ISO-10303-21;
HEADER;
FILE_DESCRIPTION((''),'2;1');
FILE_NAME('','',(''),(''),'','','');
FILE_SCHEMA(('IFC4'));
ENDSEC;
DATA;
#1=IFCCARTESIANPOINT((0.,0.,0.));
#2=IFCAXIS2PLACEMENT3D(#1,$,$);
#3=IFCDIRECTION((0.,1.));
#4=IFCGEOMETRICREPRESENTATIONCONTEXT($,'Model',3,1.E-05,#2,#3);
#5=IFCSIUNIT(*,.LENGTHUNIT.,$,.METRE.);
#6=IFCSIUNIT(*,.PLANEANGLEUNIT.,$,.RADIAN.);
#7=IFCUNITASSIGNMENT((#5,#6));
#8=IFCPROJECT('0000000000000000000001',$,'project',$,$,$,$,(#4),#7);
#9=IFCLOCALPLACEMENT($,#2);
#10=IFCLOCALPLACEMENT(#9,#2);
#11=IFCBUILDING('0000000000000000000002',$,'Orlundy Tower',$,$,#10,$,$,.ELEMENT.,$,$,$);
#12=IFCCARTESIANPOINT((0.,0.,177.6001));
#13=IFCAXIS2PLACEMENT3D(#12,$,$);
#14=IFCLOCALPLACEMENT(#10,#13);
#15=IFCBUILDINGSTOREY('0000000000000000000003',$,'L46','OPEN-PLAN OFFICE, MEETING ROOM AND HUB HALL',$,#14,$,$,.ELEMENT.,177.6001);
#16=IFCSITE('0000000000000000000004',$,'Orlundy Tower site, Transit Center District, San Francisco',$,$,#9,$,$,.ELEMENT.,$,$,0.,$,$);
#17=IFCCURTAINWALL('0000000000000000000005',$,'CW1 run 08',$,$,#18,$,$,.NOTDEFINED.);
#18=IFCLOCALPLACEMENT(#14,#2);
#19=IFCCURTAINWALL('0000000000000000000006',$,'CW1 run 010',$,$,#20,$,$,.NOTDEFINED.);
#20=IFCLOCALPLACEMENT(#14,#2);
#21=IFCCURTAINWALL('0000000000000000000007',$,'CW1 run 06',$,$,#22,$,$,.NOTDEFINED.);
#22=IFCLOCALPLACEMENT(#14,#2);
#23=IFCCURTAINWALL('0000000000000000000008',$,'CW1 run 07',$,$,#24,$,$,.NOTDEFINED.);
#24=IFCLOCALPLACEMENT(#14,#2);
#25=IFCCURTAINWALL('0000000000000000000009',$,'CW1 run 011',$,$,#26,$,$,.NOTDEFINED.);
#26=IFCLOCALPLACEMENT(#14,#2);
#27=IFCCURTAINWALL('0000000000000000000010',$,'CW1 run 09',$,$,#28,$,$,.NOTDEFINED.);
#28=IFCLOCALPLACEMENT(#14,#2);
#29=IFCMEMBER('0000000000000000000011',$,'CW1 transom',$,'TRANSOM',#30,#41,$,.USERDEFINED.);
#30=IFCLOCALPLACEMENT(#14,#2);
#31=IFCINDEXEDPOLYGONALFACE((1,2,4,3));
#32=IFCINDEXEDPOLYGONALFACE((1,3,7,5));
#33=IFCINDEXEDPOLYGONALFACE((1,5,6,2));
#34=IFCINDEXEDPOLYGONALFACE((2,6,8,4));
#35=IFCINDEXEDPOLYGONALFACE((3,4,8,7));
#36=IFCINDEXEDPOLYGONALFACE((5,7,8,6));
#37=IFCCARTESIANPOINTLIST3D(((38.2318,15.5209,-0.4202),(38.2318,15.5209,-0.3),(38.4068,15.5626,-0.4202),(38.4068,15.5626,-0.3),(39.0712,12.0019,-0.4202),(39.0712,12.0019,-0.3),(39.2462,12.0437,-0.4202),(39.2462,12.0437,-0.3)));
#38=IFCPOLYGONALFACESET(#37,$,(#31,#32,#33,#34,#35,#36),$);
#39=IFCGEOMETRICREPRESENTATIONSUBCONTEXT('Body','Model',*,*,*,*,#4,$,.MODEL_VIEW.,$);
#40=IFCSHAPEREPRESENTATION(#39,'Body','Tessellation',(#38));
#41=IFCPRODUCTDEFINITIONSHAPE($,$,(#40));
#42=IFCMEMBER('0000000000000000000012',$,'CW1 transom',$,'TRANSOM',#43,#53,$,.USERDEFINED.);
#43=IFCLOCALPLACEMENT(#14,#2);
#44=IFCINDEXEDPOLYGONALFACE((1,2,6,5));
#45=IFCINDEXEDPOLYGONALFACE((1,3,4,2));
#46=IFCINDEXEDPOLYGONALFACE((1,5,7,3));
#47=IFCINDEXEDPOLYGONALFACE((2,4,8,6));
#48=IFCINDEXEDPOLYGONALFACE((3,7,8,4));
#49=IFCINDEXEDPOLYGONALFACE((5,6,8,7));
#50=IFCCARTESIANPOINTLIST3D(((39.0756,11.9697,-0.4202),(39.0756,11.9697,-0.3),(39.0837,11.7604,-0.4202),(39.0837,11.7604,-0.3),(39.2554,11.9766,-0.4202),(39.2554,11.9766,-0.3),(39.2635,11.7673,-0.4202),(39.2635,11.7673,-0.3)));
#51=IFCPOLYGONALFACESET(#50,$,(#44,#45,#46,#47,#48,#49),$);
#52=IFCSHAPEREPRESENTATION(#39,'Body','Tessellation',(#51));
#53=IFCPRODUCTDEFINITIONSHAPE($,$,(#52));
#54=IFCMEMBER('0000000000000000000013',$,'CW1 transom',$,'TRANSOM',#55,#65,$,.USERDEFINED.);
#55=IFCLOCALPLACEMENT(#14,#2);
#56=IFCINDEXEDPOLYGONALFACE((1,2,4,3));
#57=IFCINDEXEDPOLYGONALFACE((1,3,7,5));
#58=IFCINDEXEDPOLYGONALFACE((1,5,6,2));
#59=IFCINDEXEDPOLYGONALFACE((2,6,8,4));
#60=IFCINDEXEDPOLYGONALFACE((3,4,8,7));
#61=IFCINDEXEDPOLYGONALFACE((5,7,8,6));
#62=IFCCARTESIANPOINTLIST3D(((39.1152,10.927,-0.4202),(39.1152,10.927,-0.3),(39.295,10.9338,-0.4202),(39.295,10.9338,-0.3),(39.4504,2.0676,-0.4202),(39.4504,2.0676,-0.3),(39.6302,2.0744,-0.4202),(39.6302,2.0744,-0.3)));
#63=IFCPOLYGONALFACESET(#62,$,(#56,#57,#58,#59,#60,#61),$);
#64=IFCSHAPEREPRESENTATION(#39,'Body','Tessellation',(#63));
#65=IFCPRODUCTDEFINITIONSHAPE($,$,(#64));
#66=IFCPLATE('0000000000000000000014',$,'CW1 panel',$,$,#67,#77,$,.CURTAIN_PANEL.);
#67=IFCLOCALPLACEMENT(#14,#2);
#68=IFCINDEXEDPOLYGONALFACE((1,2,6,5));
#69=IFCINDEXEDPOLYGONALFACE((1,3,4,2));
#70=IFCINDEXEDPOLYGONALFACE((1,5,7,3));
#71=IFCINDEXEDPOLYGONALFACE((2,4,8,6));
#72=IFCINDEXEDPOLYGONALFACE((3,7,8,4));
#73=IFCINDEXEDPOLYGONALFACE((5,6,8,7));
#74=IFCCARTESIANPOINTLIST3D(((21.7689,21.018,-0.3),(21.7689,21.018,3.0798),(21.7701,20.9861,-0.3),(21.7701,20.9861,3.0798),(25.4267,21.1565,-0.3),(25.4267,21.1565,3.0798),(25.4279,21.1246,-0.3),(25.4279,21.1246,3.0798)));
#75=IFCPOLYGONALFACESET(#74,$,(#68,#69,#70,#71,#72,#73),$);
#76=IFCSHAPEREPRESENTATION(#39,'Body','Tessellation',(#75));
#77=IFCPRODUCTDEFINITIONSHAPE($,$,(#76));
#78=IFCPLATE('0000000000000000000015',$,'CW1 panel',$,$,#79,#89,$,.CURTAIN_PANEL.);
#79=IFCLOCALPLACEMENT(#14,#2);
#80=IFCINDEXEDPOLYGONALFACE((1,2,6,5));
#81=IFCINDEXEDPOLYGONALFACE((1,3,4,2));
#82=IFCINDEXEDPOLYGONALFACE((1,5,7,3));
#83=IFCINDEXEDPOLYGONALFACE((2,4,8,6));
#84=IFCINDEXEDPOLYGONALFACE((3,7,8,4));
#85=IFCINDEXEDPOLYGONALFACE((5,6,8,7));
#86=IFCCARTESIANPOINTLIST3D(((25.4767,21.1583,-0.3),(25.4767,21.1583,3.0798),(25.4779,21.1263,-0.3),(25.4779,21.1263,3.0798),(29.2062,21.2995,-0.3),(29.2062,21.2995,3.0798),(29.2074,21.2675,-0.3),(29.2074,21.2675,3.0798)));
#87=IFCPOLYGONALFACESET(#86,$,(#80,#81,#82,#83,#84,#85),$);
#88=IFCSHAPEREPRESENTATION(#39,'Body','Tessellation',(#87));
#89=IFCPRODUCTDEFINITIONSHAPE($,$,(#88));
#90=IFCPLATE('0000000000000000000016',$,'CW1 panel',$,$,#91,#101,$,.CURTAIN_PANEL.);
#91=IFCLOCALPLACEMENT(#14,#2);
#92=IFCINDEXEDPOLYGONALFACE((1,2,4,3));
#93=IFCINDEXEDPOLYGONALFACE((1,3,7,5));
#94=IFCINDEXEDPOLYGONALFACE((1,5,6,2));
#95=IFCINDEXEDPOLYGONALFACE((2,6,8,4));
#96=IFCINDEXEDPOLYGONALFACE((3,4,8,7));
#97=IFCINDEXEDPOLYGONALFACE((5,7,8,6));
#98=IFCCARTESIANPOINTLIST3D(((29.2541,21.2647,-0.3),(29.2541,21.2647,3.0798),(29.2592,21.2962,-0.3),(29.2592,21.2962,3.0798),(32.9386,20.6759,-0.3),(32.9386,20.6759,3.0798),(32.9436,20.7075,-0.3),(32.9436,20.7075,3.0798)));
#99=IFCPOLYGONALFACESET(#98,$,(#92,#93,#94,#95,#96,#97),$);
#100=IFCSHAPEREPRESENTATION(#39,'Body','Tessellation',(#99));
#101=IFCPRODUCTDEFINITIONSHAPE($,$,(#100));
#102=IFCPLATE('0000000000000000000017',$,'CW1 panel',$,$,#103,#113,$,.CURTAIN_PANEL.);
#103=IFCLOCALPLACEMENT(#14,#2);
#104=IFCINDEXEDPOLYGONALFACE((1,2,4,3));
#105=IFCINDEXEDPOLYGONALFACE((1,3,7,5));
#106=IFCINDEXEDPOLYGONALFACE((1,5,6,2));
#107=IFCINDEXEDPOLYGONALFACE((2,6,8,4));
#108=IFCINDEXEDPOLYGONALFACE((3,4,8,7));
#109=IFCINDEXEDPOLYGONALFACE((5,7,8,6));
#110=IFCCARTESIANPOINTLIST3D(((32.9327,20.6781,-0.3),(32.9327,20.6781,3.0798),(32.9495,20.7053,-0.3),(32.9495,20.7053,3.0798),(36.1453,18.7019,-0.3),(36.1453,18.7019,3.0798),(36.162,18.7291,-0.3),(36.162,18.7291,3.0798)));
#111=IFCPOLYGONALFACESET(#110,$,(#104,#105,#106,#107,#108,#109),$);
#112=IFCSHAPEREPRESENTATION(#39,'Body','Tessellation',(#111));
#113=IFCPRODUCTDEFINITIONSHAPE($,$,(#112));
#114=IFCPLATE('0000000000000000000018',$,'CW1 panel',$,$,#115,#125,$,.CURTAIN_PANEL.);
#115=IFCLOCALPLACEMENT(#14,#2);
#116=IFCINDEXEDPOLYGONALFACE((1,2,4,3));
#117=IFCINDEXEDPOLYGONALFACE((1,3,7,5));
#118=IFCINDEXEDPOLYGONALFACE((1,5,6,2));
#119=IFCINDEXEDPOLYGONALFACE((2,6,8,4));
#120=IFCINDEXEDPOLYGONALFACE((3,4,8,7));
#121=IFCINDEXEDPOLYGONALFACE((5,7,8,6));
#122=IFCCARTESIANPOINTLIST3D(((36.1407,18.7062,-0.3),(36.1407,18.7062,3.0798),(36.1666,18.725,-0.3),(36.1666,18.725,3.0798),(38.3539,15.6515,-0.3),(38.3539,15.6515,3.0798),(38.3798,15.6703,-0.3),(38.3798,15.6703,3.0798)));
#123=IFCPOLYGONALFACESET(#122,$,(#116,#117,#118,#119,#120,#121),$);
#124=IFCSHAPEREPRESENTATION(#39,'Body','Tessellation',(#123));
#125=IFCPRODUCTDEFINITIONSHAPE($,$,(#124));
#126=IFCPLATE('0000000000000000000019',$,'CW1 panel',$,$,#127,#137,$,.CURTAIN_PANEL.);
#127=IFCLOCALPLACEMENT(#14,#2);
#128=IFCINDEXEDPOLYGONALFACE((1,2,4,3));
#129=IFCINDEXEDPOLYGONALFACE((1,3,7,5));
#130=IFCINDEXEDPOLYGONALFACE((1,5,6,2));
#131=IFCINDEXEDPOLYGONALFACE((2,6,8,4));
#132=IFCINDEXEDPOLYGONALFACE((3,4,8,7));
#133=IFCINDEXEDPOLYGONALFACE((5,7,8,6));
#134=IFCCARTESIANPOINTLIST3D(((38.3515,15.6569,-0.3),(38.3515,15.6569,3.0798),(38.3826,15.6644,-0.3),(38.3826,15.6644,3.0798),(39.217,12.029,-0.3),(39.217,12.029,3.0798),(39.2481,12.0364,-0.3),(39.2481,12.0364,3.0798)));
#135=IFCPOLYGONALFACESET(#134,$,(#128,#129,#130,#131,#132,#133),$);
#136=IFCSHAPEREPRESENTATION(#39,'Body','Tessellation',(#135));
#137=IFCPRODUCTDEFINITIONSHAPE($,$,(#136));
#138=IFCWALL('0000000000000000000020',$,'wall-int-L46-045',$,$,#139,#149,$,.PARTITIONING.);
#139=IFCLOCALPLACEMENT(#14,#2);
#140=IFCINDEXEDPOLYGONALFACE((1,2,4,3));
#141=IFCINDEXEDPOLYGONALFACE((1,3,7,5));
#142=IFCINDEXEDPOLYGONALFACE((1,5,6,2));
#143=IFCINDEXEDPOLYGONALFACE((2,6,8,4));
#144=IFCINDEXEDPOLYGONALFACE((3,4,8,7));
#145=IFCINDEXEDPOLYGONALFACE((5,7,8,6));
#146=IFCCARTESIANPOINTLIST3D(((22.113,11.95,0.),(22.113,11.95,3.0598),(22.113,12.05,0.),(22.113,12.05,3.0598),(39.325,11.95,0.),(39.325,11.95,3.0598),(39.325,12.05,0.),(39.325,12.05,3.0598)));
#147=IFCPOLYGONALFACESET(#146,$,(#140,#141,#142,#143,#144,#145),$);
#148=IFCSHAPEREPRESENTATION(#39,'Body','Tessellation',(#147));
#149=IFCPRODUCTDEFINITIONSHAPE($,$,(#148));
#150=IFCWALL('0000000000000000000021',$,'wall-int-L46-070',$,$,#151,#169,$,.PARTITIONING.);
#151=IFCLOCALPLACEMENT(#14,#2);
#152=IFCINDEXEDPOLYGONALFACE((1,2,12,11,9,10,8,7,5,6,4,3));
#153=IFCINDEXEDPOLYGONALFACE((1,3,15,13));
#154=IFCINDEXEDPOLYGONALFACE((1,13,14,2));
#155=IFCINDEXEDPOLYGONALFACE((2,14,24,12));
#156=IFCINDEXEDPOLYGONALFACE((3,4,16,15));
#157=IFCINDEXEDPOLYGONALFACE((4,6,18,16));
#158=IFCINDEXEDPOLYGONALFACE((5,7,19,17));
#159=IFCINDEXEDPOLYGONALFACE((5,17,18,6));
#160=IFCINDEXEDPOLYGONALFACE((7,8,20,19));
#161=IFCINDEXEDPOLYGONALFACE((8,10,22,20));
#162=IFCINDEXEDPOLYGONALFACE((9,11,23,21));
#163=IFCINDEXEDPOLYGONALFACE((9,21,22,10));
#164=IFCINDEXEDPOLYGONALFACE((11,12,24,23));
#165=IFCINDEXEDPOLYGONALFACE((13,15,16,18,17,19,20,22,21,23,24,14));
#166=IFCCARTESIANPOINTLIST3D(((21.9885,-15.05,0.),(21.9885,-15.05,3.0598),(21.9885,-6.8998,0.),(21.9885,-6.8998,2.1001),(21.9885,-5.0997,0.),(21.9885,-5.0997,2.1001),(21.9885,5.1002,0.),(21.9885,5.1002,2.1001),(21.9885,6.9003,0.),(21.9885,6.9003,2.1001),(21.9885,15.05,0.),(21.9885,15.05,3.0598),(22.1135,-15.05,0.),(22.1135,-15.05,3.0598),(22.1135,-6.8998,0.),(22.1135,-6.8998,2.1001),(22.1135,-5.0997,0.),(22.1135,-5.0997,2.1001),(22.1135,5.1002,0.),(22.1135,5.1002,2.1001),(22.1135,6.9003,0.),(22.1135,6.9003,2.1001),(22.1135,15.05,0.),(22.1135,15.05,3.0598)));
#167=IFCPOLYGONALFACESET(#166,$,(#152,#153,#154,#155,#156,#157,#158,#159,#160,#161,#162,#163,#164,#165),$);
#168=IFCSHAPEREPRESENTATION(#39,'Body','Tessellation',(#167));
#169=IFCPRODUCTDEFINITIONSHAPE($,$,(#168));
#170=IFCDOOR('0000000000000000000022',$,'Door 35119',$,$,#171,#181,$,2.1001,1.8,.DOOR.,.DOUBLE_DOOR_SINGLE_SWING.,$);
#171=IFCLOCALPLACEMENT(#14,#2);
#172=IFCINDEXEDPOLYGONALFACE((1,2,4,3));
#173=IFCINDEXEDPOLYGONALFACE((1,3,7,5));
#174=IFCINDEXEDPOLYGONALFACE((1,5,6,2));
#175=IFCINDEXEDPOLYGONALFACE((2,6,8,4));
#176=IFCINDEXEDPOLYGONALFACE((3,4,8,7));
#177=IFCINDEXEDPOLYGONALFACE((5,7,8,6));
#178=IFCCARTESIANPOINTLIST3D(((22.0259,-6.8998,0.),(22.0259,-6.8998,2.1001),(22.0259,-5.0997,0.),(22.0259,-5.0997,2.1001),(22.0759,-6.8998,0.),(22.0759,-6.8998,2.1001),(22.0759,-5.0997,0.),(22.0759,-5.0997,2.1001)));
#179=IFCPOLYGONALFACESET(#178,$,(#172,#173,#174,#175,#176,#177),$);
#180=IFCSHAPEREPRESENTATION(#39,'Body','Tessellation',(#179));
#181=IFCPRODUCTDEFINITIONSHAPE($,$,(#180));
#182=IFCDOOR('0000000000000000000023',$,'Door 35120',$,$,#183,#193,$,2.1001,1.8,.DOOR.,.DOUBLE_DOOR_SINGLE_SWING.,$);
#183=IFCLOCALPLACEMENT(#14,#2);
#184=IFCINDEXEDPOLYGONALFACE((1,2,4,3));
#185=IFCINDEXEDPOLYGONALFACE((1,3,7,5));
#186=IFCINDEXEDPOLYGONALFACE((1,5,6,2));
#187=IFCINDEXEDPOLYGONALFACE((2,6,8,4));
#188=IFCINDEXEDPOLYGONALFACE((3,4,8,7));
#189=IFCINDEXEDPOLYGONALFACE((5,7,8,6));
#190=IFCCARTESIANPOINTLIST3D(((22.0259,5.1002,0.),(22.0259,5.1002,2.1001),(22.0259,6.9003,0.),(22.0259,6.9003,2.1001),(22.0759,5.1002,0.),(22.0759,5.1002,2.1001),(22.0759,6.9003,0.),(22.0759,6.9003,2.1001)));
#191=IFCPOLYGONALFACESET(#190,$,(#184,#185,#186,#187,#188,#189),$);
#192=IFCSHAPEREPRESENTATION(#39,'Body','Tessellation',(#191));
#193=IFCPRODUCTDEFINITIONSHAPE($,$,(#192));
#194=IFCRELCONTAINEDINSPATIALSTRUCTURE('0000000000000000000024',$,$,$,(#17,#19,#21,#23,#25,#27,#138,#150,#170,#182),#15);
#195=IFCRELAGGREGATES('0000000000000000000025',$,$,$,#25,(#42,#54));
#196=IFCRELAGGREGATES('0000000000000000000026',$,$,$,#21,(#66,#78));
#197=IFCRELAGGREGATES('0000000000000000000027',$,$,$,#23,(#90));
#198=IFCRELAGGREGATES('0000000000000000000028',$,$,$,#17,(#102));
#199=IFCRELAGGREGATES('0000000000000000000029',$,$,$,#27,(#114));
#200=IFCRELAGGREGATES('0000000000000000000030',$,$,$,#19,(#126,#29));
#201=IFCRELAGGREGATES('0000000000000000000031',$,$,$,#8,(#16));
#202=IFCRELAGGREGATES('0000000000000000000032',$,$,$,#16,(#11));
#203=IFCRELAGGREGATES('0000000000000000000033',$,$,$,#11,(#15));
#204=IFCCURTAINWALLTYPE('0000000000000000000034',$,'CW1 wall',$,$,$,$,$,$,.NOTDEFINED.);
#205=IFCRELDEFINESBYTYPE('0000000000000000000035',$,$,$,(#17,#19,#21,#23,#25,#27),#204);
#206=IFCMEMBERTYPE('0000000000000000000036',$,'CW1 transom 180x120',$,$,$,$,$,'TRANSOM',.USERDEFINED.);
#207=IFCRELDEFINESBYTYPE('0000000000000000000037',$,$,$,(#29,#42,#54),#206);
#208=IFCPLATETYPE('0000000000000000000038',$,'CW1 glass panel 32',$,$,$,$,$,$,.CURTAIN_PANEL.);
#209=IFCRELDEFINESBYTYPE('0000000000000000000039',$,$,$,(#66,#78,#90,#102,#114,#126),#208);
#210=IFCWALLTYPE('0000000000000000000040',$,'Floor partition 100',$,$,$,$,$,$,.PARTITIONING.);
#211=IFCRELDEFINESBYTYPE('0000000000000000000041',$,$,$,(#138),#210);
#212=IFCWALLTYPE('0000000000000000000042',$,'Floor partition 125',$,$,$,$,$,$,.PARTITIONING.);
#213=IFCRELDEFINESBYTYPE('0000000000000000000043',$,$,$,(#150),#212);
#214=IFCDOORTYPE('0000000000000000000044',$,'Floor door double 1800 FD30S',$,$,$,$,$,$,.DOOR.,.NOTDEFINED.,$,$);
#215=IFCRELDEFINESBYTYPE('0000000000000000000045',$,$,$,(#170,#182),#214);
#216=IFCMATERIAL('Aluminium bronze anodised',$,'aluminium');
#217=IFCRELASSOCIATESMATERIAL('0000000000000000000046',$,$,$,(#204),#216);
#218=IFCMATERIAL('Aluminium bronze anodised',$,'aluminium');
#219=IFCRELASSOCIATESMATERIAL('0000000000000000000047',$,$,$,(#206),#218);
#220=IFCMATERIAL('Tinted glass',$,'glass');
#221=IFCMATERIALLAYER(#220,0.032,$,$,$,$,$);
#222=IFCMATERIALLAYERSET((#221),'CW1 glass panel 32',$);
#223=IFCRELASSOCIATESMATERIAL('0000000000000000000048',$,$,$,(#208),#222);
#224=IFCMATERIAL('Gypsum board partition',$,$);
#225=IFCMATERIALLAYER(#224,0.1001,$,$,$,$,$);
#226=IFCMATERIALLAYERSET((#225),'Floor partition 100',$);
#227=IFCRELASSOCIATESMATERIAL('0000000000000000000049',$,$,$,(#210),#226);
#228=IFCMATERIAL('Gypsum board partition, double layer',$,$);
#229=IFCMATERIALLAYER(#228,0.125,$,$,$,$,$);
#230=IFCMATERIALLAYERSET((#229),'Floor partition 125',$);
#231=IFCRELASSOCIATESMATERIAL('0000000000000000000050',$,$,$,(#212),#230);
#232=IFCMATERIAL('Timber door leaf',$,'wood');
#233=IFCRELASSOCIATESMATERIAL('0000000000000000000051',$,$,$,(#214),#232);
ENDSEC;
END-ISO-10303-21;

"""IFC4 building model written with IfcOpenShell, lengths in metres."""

from ifc_helpers import new_model, si_unit, direction, frame, frame_2d, origin, origin_2d, place, context, subcontext, project, spatial, rectangle, extrude, material, layer, layer_set, material_profile, profile_set, type_object, element, fill, aggregate, save


model = new_model("IFC4")

# Units and contexts
model_context = context("Model", 3, precision=1e-05, world=origin(), true_north=direction((0.0, 1.0)))
body_context = subcontext(model_context, "Body", "Model", "MODEL_VIEW")
ifc_project = project(units=[si_unit("LENGTHUNIT", "METRE"), si_unit("PLANEANGLEUNIT", "RADIAN")], contexts=[model_context])

# Site, building, storey
site_placement = place(None, origin())
site = spatial("IfcSite", under=ifc_project, at=site_placement, Name="Orlundy Tower site, Transit Center District, San Francisco", CompositionType="ELEMENT", RefElevation=0.0)
building_placement = place(site_placement, origin())
building = spatial("IfcBuilding", under=site, at=building_placement, Name="Orlundy Tower", CompositionType="ELEMENT")
storey_placement = place(building_placement, frame((0.0, 0.0, 177.6001)))
storey = spatial("IfcBuildingStorey", under=building, at=storey_placement, Name="L46", Description="OPEN-PLAN OFFICE, MEETING ROOM AND HUB HALL", CompositionType="ELEMENT", Elevation=177.6001)

# Curtain walls
ifc_material_1 = material(Name="Aluminium bronze anodised", Category="aluminium")
curtain_wall_type = type_object("IfcCurtainWallType", Name="CW1 wall", PredefinedType="NOTDEFINED", material=ifc_material_1)
curtain_wall_1_placement = place(storey_placement, origin())
curtain_wall_1 = element("IfcCurtainWall", 1, at=curtain_wall_1_placement, inside=storey, type_object=curtain_wall_type, Name="CW1 run 08", PredefinedType="NOTDEFINED")
curtain_wall_2_placement = place(storey_placement, origin())
curtain_wall_2 = element("IfcCurtainWall", 2, at=curtain_wall_2_placement, inside=storey, type_object=curtain_wall_type, Name="CW1 run 010", PredefinedType="NOTDEFINED")
curtain_wall_3_placement = place(storey_placement, origin())
curtain_wall_3 = element("IfcCurtainWall", 3, at=curtain_wall_3_placement, inside=storey, type_object=curtain_wall_type, Name="CW1 run 06", PredefinedType="NOTDEFINED")
curtain_wall_4_placement = place(storey_placement, origin())
curtain_wall_4 = element("IfcCurtainWall", 4, at=curtain_wall_4_placement, inside=storey, type_object=curtain_wall_type, Name="CW1 run 07", PredefinedType="NOTDEFINED")
curtain_wall_5_placement = place(storey_placement, origin())
curtain_wall_5 = element("IfcCurtainWall", 5, at=curtain_wall_5_placement, inside=storey, type_object=curtain_wall_type, Name="CW1 run 011", PredefinedType="NOTDEFINED")

# Shared definitions
ifc_material_2 = material(Name="Aluminium bronze anodised", Category="aluminium")
ifc_material_profile_1 = material_profile(ifc_material_2, rectangle(XDim=0.1799, YDim=0.1201, at=origin_2d()), Name="CW1 transom 180x120")
ifc_profile_set_1 = profile_set([ifc_material_profile_1], Name="Aluminium bronze anodised")
member_type_1 = type_object("IfcMemberType", Name="CW1 transom 180x120", ElementType="TRANSOM", PredefinedType="USERDEFINED", material=ifc_profile_set_1)

# Curtain wall
curtain_wall_6_placement = place(storey_placement, origin())
curtain_wall_6 = element("IfcCurtainWall", 6, at=curtain_wall_6_placement, inside=storey, type_object=curtain_wall_type, Name="CW1 run 09", PredefinedType="NOTDEFINED")

# Members
member_1_placement = place(storey_placement, frame((38.3193, 15.5417, -0.3601), z_axis=(0.23201, -0.972713, 0.0), x_axis=(0.972713, 0.23201, 0.0)))
member_1 = element("IfcMember", 7, at=member_1_placement, type_object=member_type_1, Name="CW1 transom", ObjectType="TRANSOM", PredefinedType="USERDEFINED", context=body_context, shape_type="SweptSolid", body=[
    extrude(rectangle(XDim=0.1799, YDim=0.1201, at=origin_2d()), origin(), (0.0, 0.0, 1.0), 3.6177),
])
member_2_placement = place(storey_placement, frame((39.1655, 11.9731, -0.3601), z_axis=(0.038478, -0.999259, 0.0), x_axis=(0.999259, 0.038478, 0.0)))
member_2 = element("IfcMember", 8, at=member_2_placement, type_object=member_type_1, Name="CW1 transom", ObjectType="TRANSOM", PredefinedType="USERDEFINED", context=body_context, shape_type="SweptSolid", body=[
    extrude(rectangle(XDim=0.1799, YDim=0.1201, at=origin_2d()), origin(), (0.0, 0.0, 1.0), 0.2095),
])
member_3_placement = place(storey_placement, frame((39.2051, 10.9304, -0.3601), z_axis=(0.037809, -0.999285, 0.0), x_axis=(0.999285, 0.037809, 0.0)))
member_3 = element("IfcMember", 9, at=member_3_placement, type_object=member_type_1, Name="CW1 transom", ObjectType="TRANSOM", PredefinedType="USERDEFINED", context=body_context, shape_type="SweptSolid", body=[
    extrude(rectangle(XDim=0.1799, YDim=0.1201, at=origin_2d()), origin(), (0.0, 0.0, 1.0), 8.8657),
])
aggregate(curtain_wall_5, [member_2, member_3])

# Plates
ifc_material_3 = material(Name="Tinted glass", Category="glass")
ifc_layer_1 = layer(ifc_material_3, 0.032)
ifc_layer_set_1 = layer_set([ifc_layer_1], Name="CW1 glass panel 32")
plate_type = type_object("IfcPlateType", Name="CW1 glass panel 32", PredefinedType="CURTAIN_PANEL", material=ifc_layer_set_1)
plate_1_placement = place(storey_placement, frame((23.5984, 21.0713, -0.3), z_axis=(0.0, 0.0, 1.0), x_axis=(0.999284, 0.037837, 0.0)))
plate_1 = element("IfcPlate", 10, at=plate_1_placement, type_object=plate_type, Name="CW1 panel", PredefinedType="CURTAIN_PANEL", context=body_context, shape_type="SweptSolid", body=[
    extrude(rectangle(XDim=3.6604, YDim=0.032, at=origin_2d()), origin(), (0.0, 0.0, 1.0), 3.3799),
])
plate_2_placement = place(storey_placement, frame((27.342, 21.2129, -0.3), z_axis=(0.0, 0.0, 1.0), x_axis=(0.999284, 0.037837, 0.0)))
plate_2 = element("IfcPlate", 11, at=plate_2_placement, type_object=plate_type, Name="CW1 panel", PredefinedType="CURTAIN_PANEL", context=body_context, shape_type="SweptSolid", body=[
    extrude(rectangle(XDim=3.7322, YDim=0.032, at=origin_2d()), origin(), (0.0, 0.0, 1.0), 3.3799),
])
aggregate(curtain_wall_3, [plate_1, plate_2])
plate_3_placement = place(storey_placement, frame((31.0989, 20.9861, -0.3), z_axis=(0.0, 0.0, 1.0), x_axis=(0.987473, -0.157791, 0.0)))
plate_3 = element("IfcPlate", 12, at=plate_3_placement, type_object=plate_type, Name="CW1 panel", PredefinedType="CURTAIN_PANEL", context=body_context, shape_type="SweptSolid", body=[
    extrude(rectangle(XDim=3.7312, YDim=0.032, at=origin_2d()), origin(), (0.0, 0.0, 1.0), 3.3799),
])
aggregate(curtain_wall_4, [plate_3])
plate_4_placement = place(storey_placement, frame((34.5474, 19.7036, -0.3), z_axis=(0.0, 0.0, 1.0), x_axis=(0.851751, -0.523947, 0.0)))
plate_4 = element("IfcPlate", 13, at=plate_4_placement, type_object=plate_type, Name="CW1 panel", PredefinedType="CURTAIN_PANEL", context=body_context, shape_type="SweptSolid", body=[
    extrude(rectangle(XDim=3.7717, YDim=0.032, at=origin_2d()), origin(), (0.0, 0.0, 1.0), 3.3799),
])
aggregate(curtain_wall_1, [plate_4])
plate_5_placement = place(storey_placement, frame((37.2603, 17.1882, -0.3), z_axis=(0.0, 0.0, 1.0), x_axis=(0.586711, -0.809796, 0.0)))
plate_5 = element("IfcPlate", 14, at=plate_5_placement, type_object=plate_type, Name="CW1 panel", PredefinedType="CURTAIN_PANEL", context=body_context, shape_type="SweptSolid", body=[
    extrude(rectangle(XDim=3.7722, YDim=0.032, at=origin_2d()), origin(), (0.0, 0.0, 1.0), 3.3799),
])
aggregate(curtain_wall_6, [plate_5])
plate_6_placement = place(storey_placement, frame((38.7998, 13.8467, -0.3), z_axis=(0.0, 0.0, 1.0), x_axis=(0.232046, -0.972705, 0.0)))
plate_6 = element("IfcPlate", 15, at=plate_6_placement, type_object=plate_type, Name="CW1 panel", PredefinedType="CURTAIN_PANEL", context=body_context, shape_type="SweptSolid", body=[
    extrude(rectangle(XDim=3.7297, YDim=0.032, at=origin_2d()), origin(), (0.0, 0.0, 1.0), 3.3799),
])
aggregate(curtain_wall_2, [plate_6, member_1])

# Wall
ifc_material_4 = material(Name="Gypsum board partition")
ifc_layer_2 = layer(ifc_material_4, 0.1001)
ifc_layer_set_2 = layer_set([ifc_layer_2], Name="Floor partition 100")
wall_type_1 = type_object("IfcWallType", Name="Floor partition 100", PredefinedType="PARTITIONING", material=ifc_layer_set_2)
wall_1_placement = place(storey_placement, frame((22.113, 12.0, 0.0), z_axis=(0.0, 0.0, 1.0), x_axis=(1.0, 0.0, 0.0)))
element("IfcWall", 16, at=wall_1_placement, inside=storey, type_object=wall_type_1, Name="wall-int-L46-045", PredefinedType="PARTITIONING", context=body_context, shape_type="SweptSolid", body=[
    extrude(rectangle(XDim=17.2119, YDim=0.1001, at=frame_2d((8.606, 0.0))), origin(), (0.0, 0.0, 1.0), 3.0598),
])

# Wall, openings, doors
ifc_material_5 = material(Name="Gypsum board partition, double layer")
ifc_layer_3 = layer(ifc_material_5, 0.125)
ifc_layer_set_3 = layer_set([ifc_layer_3], Name="Floor partition 125")
wall_type_2 = type_object("IfcWallType", Name="Floor partition 125", PredefinedType="PARTITIONING", material=ifc_layer_set_3)
wall_2_placement = place(storey_placement, frame((22.051, 15.05, 0.0), z_axis=(0.0, 0.0, 1.0), x_axis=(0.0, -1.0, 0.0)))
wall_2 = element("IfcWall", 17, at=wall_2_placement, inside=storey, type_object=wall_type_2, Name="wall-int-L46-070", PredefinedType="PARTITIONING", context=body_context, shape_type="SweptSolid", body=[
    extrude(rectangle(XDim=30.1001, YDim=0.125, at=frame_2d((15.05, 0.0))), origin(), (0.0, 0.0, 1.0), 3.0598),
])
opening_1_placement = place(wall_2_placement, frame((20.1499, 0.0, 0.0)))
opening_1 = element("IfcOpeningElement", 18, at=opening_1_placement, cuts=wall_2, PredefinedType="OPENING", context=body_context, shape_type="SweptSolid", body=[
    extrude(rectangle(XDim=1.8, YDim=2.1001, at=frame_2d((0.8999, 1.05))), frame((0.0, 0.0725, 0.0), z_axis=(0.0, -1.0, 0.0), x_axis=(1.0, 0.0, 0.0)), (0.0, 0.0, 1.0), 0.145),
])
opening_2_placement = place(wall_2_placement, frame((8.1499, 0.0, 0.0)))
opening_2 = element("IfcOpeningElement", 19, at=opening_2_placement, cuts=wall_2, PredefinedType="OPENING", context=body_context, shape_type="SweptSolid", body=[
    extrude(rectangle(XDim=1.8, YDim=2.1001, at=frame_2d((0.8999, 1.05))), frame((0.0, 0.0725, 0.0), z_axis=(0.0, -1.0, 0.0), x_axis=(1.0, 0.0, 0.0)), (0.0, 0.0, 1.0), 0.145),
])
ifc_material_6 = material(Name="Timber door leaf", Category="wood")
door_type = type_object("IfcDoorType", Name="Floor door double 1800 FD30S", OperationType="NOTDEFINED", PredefinedType="DOOR", material=ifc_material_6)
door_1_placement = place(opening_1_placement, origin())
door_1 = element("IfcDoor", 20, at=door_1_placement, inside=storey, type_object=door_type, Name="Door 35119", OperationType="DOUBLE_DOOR_SINGLE_SWING", OverallHeight=2.1001, OverallWidth=1.8, PredefinedType="DOOR", context=body_context, shape_type="SweptSolid", body=[
    extrude(rectangle(XDim=1.8, YDim=2.1001, at=frame_2d((0.8999, 1.05))), frame((0.0, 0.0249, 0.0), z_axis=(0.0, -1.0, 0.0), x_axis=(1.0, 0.0, 0.0)), (0.0, 0.0, 1.0), 0.05),
])
fill(opening_1, door_1)
door_2_placement = place(opening_2_placement, origin())
door_2 = element("IfcDoor", 21, at=door_2_placement, inside=storey, type_object=door_type, Name="Door 35120", OperationType="DOUBLE_DOOR_SINGLE_SWING", OverallHeight=2.1001, OverallWidth=1.8, PredefinedType="DOOR", context=body_context, shape_type="SweptSolid", body=[
    extrude(rectangle(XDim=1.8, YDim=2.1001, at=frame_2d((0.8999, 1.05))), frame((0.0, 0.0249, 0.0), z_axis=(0.0, -1.0, 0.0), x_axis=(1.0, 0.0, 0.0)), (0.0, 0.0, 1.0), 0.05),
])
fill(opening_2, door_2)

save(model, "model.ifc")
